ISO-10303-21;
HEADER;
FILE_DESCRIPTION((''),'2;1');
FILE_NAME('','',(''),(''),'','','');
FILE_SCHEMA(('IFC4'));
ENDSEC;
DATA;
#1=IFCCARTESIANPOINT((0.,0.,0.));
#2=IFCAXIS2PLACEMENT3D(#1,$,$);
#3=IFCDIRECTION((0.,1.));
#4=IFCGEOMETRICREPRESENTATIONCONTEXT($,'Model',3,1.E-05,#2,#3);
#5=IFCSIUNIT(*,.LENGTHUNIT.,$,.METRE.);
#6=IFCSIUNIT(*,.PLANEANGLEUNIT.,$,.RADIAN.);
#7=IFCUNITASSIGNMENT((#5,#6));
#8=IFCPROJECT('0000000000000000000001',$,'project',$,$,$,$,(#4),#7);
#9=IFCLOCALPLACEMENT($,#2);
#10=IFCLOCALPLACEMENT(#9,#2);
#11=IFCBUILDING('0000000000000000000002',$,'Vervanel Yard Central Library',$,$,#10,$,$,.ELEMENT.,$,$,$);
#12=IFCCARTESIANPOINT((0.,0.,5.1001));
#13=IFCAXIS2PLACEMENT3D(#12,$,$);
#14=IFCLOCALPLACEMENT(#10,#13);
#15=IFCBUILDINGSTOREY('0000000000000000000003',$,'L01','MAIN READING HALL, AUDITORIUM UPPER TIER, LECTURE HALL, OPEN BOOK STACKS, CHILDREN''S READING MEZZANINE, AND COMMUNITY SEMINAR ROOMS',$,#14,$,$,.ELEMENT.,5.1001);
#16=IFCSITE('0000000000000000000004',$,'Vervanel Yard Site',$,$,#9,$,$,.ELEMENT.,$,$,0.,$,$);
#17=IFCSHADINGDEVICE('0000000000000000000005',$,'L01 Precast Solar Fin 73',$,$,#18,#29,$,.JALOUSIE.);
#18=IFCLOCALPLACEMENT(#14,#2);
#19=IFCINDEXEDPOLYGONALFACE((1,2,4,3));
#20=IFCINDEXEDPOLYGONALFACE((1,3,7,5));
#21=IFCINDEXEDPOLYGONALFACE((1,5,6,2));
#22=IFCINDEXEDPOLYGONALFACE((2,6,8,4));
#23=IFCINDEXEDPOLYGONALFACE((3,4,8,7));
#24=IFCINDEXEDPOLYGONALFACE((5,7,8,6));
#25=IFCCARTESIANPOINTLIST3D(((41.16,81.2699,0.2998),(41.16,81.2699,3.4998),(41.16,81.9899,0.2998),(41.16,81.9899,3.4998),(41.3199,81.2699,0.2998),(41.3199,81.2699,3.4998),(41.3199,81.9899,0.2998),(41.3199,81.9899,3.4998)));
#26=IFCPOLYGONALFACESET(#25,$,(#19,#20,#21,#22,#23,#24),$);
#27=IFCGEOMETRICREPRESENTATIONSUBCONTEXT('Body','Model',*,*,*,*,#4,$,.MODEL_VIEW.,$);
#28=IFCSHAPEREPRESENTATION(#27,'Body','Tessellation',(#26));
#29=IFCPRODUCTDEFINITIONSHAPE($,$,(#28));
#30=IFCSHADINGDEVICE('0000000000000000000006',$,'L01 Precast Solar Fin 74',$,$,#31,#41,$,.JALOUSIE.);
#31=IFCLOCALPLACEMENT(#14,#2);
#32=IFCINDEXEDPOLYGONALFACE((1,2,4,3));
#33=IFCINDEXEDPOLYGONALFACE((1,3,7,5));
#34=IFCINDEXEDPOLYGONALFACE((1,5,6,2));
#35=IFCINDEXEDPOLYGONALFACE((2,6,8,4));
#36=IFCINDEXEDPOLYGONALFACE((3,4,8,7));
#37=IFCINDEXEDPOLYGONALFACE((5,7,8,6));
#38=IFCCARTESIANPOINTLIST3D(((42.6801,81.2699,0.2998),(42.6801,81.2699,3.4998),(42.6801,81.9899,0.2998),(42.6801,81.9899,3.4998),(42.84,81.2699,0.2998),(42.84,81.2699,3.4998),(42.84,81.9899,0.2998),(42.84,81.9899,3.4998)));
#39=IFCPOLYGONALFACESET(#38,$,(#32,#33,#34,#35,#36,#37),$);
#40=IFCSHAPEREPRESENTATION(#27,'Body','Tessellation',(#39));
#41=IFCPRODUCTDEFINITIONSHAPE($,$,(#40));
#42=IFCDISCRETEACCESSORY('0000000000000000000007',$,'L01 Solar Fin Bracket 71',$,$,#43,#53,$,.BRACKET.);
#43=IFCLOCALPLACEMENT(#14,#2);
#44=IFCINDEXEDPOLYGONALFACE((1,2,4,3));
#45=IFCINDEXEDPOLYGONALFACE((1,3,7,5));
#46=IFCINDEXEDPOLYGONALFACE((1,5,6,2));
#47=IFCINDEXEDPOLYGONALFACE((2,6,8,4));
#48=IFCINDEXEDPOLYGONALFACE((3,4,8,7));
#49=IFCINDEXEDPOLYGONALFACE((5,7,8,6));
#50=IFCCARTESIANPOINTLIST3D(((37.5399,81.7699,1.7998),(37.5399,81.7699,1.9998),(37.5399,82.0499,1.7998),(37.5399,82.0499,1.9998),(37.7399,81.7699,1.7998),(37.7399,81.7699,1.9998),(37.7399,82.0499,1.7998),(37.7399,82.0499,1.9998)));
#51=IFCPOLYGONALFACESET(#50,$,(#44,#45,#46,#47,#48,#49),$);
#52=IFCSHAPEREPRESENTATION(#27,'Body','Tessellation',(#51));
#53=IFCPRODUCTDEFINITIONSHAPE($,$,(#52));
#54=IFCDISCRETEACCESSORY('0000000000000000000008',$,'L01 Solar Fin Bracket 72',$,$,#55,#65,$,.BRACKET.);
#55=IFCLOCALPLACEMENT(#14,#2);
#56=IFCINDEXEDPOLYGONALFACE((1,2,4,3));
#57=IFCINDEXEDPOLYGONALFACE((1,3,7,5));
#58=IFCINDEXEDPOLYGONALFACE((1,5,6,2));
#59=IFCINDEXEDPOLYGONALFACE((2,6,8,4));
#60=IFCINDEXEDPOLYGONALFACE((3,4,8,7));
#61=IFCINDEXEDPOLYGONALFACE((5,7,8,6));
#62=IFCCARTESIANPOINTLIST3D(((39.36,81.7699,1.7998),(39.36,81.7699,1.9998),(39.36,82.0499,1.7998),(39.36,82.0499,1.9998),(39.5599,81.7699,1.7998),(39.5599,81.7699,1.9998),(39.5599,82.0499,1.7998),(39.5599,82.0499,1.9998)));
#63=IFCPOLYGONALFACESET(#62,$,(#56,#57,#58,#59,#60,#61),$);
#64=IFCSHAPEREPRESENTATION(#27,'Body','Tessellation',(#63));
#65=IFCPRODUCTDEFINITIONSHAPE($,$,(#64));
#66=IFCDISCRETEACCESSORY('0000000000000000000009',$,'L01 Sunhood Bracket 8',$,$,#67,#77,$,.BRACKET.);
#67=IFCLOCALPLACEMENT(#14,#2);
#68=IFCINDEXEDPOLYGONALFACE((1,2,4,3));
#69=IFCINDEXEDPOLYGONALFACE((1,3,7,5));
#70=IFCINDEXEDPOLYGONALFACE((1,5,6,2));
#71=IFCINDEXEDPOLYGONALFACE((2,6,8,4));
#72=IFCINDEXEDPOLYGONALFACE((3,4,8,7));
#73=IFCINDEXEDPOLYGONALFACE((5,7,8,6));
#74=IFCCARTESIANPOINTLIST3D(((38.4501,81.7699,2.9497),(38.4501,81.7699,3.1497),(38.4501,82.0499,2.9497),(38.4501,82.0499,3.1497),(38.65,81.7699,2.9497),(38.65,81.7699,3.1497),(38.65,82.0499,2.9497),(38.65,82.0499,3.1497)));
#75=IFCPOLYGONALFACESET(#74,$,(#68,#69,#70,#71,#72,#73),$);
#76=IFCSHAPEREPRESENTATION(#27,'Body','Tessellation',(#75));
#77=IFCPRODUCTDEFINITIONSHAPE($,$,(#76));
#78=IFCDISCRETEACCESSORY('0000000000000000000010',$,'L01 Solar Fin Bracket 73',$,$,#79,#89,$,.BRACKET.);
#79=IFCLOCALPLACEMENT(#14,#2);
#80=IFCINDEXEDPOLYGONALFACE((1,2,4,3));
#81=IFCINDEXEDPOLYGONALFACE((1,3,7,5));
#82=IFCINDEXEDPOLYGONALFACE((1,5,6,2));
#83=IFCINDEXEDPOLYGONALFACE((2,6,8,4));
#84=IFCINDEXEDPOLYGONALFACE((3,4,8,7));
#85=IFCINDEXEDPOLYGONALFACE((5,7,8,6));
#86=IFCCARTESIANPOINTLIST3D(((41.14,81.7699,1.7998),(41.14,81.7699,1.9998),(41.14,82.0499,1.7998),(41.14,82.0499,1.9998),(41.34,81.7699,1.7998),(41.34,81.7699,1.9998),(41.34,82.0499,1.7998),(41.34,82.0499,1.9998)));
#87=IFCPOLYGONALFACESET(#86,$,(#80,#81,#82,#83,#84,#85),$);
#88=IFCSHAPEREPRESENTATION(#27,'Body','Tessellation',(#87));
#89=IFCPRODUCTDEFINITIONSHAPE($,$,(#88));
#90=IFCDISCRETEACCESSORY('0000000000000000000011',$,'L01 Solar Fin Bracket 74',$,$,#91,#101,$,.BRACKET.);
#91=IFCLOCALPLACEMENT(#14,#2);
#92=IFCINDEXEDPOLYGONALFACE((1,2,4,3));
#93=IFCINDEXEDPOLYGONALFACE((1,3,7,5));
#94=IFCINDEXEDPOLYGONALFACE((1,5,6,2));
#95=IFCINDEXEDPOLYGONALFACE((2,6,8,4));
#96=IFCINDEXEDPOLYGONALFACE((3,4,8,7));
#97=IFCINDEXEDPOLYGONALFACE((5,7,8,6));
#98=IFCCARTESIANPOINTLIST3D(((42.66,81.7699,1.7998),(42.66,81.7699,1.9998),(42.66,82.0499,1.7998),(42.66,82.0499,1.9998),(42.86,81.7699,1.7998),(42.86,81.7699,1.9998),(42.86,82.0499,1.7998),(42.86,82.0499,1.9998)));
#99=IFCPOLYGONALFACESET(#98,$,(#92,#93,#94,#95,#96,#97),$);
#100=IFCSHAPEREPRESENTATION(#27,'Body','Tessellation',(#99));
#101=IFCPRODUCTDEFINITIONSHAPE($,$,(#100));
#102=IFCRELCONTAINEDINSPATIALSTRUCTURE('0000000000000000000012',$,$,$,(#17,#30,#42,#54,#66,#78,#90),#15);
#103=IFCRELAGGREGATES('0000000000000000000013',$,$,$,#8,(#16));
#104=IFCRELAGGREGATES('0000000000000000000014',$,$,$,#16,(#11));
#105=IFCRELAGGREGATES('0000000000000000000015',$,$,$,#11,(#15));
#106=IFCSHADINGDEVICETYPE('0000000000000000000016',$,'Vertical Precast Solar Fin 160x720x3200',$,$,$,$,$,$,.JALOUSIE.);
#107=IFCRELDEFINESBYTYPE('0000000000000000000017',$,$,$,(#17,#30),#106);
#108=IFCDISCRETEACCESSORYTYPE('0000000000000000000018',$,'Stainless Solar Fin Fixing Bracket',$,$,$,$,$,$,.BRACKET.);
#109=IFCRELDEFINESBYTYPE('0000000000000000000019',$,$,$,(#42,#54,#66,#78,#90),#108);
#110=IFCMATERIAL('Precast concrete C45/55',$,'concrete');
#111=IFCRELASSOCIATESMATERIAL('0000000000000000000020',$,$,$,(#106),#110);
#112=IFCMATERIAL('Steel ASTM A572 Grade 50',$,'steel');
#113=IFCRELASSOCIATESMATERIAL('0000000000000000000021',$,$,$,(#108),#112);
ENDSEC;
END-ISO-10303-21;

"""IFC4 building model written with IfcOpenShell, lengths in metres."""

from ifc_helpers import new_model, si_unit, direction, frame, origin, origin_2d, place, context, subcontext, project, spatial, rectangle, extrude, material, type_object, element, save


model = new_model("IFC4")

# Units and contexts
model_context = context("Model", 3, precision=1e-05, world=origin(), true_north=direction((0.0, 1.0)))
body_context = subcontext(model_context, "Body", "Model", "MODEL_VIEW")
ifc_project = project(units=[si_unit("LENGTHUNIT", "METRE"), si_unit("PLANEANGLEUNIT", "RADIAN")], contexts=[model_context])

# Site, building, storey
site_placement = place(None, origin())
site = spatial("IfcSite", under=ifc_project, at=site_placement, Name="Vervanel Yard Site", CompositionType="ELEMENT", RefElevation=0.0)
building_placement = place(site_placement, origin())
building = spatial("IfcBuilding", under=site, at=building_placement, Name="Vervanel Yard Central Library", CompositionType="ELEMENT")
storey_placement = place(building_placement, frame((0.0, 0.0, 5.1001)))
storey = spatial("IfcBuildingStorey", under=building, at=storey_placement, Name="L01", Description="MAIN READING HALL, AUDITORIUM UPPER TIER, LECTURE HALL, OPEN BOOK STACKS, CHILDREN'S READING MEZZANINE, AND COMMUNITY SEMINAR ROOMS", CompositionType="ELEMENT", Elevation=5.1001)

# Shared definitions
ifc_material_1 = material(Name="Precast concrete C45/55", Category="concrete")

# Shading devices
shading_device_type_1 = type_object("IfcShadingDeviceType", Name="Vertical Precast Solar Fin 160x720x3200", PredefinedType="JALOUSIE", material=ifc_material_1)
for number, where, z_axis, x_axis, name in (
    (1, (41.24, 81.6299, 0.2998), (0.0, 0.0, 1.0), (1.0, 0.0, 0.0), "L01 Precast Solar Fin 73"),
    (2, (42.76, 81.6299, 0.2998), (0.0, 0.0, 1.0), (1.0, 0.0, 0.0), "L01 Precast Solar Fin 74"),
):
    element("IfcShadingDevice", number, at=place(storey_placement, frame(where, z_axis=z_axis, x_axis=x_axis)), inside=storey, type_object=shading_device_type_1, Name=name, PredefinedType="JALOUSIE", context=body_context, shape_type="SweptSolid", body=[
        extrude(rectangle(XDim=0.1599, YDim=0.72, at=origin_2d()), origin(), (0.0, 0.0, 1.0), 3.2),
    ])

# Discrete accessories
ifc_material_2 = material(Name="Steel ASTM A572 Grade 50", Category="steel")
discrete_accessory_type = type_object("IfcDiscreteAccessoryType", Name="Stainless Solar Fin Fixing Bracket", PredefinedType="BRACKET", material=ifc_material_2)
for number, where, z_axis, x_axis, name in (
    (3, (37.6399, 81.9099, 1.7998), (0.0, 0.0, 1.0), (1.0, 0.0, 0.0), "L01 Solar Fin Bracket 71"),
    (4, (39.46, 81.9099, 1.7998), (0.0, 0.0, 1.0), (1.0, 0.0, 0.0), "L01 Solar Fin Bracket 72"),
    (5, (38.55, 81.9099, 2.9497), (0.0, 0.0, 1.0), (1.0, 0.0, 0.0), "L01 Sunhood Bracket 8"),
    (6, (41.24, 81.9099, 1.7998), (0.0, 0.0, 1.0), (1.0, 0.0, 0.0), "L01 Solar Fin Bracket 73"),
    (7, (42.76, 81.9099, 1.7998), (0.0, 0.0, 1.0), (1.0, 0.0, 0.0), "L01 Solar Fin Bracket 74"),
):
    element("IfcDiscreteAccessory", number, at=place(storey_placement, frame(where, z_axis=z_axis, x_axis=x_axis)), inside=storey, type_object=discrete_accessory_type, Name=name, PredefinedType="BRACKET", context=body_context, shape_type="SweptSolid", body=[
        extrude(rectangle(XDim=0.2, YDim=0.28, at=origin_2d()), origin(), (0.0, 0.0, 1.0), 0.2),
    ])

save(model, "model.ifc")
